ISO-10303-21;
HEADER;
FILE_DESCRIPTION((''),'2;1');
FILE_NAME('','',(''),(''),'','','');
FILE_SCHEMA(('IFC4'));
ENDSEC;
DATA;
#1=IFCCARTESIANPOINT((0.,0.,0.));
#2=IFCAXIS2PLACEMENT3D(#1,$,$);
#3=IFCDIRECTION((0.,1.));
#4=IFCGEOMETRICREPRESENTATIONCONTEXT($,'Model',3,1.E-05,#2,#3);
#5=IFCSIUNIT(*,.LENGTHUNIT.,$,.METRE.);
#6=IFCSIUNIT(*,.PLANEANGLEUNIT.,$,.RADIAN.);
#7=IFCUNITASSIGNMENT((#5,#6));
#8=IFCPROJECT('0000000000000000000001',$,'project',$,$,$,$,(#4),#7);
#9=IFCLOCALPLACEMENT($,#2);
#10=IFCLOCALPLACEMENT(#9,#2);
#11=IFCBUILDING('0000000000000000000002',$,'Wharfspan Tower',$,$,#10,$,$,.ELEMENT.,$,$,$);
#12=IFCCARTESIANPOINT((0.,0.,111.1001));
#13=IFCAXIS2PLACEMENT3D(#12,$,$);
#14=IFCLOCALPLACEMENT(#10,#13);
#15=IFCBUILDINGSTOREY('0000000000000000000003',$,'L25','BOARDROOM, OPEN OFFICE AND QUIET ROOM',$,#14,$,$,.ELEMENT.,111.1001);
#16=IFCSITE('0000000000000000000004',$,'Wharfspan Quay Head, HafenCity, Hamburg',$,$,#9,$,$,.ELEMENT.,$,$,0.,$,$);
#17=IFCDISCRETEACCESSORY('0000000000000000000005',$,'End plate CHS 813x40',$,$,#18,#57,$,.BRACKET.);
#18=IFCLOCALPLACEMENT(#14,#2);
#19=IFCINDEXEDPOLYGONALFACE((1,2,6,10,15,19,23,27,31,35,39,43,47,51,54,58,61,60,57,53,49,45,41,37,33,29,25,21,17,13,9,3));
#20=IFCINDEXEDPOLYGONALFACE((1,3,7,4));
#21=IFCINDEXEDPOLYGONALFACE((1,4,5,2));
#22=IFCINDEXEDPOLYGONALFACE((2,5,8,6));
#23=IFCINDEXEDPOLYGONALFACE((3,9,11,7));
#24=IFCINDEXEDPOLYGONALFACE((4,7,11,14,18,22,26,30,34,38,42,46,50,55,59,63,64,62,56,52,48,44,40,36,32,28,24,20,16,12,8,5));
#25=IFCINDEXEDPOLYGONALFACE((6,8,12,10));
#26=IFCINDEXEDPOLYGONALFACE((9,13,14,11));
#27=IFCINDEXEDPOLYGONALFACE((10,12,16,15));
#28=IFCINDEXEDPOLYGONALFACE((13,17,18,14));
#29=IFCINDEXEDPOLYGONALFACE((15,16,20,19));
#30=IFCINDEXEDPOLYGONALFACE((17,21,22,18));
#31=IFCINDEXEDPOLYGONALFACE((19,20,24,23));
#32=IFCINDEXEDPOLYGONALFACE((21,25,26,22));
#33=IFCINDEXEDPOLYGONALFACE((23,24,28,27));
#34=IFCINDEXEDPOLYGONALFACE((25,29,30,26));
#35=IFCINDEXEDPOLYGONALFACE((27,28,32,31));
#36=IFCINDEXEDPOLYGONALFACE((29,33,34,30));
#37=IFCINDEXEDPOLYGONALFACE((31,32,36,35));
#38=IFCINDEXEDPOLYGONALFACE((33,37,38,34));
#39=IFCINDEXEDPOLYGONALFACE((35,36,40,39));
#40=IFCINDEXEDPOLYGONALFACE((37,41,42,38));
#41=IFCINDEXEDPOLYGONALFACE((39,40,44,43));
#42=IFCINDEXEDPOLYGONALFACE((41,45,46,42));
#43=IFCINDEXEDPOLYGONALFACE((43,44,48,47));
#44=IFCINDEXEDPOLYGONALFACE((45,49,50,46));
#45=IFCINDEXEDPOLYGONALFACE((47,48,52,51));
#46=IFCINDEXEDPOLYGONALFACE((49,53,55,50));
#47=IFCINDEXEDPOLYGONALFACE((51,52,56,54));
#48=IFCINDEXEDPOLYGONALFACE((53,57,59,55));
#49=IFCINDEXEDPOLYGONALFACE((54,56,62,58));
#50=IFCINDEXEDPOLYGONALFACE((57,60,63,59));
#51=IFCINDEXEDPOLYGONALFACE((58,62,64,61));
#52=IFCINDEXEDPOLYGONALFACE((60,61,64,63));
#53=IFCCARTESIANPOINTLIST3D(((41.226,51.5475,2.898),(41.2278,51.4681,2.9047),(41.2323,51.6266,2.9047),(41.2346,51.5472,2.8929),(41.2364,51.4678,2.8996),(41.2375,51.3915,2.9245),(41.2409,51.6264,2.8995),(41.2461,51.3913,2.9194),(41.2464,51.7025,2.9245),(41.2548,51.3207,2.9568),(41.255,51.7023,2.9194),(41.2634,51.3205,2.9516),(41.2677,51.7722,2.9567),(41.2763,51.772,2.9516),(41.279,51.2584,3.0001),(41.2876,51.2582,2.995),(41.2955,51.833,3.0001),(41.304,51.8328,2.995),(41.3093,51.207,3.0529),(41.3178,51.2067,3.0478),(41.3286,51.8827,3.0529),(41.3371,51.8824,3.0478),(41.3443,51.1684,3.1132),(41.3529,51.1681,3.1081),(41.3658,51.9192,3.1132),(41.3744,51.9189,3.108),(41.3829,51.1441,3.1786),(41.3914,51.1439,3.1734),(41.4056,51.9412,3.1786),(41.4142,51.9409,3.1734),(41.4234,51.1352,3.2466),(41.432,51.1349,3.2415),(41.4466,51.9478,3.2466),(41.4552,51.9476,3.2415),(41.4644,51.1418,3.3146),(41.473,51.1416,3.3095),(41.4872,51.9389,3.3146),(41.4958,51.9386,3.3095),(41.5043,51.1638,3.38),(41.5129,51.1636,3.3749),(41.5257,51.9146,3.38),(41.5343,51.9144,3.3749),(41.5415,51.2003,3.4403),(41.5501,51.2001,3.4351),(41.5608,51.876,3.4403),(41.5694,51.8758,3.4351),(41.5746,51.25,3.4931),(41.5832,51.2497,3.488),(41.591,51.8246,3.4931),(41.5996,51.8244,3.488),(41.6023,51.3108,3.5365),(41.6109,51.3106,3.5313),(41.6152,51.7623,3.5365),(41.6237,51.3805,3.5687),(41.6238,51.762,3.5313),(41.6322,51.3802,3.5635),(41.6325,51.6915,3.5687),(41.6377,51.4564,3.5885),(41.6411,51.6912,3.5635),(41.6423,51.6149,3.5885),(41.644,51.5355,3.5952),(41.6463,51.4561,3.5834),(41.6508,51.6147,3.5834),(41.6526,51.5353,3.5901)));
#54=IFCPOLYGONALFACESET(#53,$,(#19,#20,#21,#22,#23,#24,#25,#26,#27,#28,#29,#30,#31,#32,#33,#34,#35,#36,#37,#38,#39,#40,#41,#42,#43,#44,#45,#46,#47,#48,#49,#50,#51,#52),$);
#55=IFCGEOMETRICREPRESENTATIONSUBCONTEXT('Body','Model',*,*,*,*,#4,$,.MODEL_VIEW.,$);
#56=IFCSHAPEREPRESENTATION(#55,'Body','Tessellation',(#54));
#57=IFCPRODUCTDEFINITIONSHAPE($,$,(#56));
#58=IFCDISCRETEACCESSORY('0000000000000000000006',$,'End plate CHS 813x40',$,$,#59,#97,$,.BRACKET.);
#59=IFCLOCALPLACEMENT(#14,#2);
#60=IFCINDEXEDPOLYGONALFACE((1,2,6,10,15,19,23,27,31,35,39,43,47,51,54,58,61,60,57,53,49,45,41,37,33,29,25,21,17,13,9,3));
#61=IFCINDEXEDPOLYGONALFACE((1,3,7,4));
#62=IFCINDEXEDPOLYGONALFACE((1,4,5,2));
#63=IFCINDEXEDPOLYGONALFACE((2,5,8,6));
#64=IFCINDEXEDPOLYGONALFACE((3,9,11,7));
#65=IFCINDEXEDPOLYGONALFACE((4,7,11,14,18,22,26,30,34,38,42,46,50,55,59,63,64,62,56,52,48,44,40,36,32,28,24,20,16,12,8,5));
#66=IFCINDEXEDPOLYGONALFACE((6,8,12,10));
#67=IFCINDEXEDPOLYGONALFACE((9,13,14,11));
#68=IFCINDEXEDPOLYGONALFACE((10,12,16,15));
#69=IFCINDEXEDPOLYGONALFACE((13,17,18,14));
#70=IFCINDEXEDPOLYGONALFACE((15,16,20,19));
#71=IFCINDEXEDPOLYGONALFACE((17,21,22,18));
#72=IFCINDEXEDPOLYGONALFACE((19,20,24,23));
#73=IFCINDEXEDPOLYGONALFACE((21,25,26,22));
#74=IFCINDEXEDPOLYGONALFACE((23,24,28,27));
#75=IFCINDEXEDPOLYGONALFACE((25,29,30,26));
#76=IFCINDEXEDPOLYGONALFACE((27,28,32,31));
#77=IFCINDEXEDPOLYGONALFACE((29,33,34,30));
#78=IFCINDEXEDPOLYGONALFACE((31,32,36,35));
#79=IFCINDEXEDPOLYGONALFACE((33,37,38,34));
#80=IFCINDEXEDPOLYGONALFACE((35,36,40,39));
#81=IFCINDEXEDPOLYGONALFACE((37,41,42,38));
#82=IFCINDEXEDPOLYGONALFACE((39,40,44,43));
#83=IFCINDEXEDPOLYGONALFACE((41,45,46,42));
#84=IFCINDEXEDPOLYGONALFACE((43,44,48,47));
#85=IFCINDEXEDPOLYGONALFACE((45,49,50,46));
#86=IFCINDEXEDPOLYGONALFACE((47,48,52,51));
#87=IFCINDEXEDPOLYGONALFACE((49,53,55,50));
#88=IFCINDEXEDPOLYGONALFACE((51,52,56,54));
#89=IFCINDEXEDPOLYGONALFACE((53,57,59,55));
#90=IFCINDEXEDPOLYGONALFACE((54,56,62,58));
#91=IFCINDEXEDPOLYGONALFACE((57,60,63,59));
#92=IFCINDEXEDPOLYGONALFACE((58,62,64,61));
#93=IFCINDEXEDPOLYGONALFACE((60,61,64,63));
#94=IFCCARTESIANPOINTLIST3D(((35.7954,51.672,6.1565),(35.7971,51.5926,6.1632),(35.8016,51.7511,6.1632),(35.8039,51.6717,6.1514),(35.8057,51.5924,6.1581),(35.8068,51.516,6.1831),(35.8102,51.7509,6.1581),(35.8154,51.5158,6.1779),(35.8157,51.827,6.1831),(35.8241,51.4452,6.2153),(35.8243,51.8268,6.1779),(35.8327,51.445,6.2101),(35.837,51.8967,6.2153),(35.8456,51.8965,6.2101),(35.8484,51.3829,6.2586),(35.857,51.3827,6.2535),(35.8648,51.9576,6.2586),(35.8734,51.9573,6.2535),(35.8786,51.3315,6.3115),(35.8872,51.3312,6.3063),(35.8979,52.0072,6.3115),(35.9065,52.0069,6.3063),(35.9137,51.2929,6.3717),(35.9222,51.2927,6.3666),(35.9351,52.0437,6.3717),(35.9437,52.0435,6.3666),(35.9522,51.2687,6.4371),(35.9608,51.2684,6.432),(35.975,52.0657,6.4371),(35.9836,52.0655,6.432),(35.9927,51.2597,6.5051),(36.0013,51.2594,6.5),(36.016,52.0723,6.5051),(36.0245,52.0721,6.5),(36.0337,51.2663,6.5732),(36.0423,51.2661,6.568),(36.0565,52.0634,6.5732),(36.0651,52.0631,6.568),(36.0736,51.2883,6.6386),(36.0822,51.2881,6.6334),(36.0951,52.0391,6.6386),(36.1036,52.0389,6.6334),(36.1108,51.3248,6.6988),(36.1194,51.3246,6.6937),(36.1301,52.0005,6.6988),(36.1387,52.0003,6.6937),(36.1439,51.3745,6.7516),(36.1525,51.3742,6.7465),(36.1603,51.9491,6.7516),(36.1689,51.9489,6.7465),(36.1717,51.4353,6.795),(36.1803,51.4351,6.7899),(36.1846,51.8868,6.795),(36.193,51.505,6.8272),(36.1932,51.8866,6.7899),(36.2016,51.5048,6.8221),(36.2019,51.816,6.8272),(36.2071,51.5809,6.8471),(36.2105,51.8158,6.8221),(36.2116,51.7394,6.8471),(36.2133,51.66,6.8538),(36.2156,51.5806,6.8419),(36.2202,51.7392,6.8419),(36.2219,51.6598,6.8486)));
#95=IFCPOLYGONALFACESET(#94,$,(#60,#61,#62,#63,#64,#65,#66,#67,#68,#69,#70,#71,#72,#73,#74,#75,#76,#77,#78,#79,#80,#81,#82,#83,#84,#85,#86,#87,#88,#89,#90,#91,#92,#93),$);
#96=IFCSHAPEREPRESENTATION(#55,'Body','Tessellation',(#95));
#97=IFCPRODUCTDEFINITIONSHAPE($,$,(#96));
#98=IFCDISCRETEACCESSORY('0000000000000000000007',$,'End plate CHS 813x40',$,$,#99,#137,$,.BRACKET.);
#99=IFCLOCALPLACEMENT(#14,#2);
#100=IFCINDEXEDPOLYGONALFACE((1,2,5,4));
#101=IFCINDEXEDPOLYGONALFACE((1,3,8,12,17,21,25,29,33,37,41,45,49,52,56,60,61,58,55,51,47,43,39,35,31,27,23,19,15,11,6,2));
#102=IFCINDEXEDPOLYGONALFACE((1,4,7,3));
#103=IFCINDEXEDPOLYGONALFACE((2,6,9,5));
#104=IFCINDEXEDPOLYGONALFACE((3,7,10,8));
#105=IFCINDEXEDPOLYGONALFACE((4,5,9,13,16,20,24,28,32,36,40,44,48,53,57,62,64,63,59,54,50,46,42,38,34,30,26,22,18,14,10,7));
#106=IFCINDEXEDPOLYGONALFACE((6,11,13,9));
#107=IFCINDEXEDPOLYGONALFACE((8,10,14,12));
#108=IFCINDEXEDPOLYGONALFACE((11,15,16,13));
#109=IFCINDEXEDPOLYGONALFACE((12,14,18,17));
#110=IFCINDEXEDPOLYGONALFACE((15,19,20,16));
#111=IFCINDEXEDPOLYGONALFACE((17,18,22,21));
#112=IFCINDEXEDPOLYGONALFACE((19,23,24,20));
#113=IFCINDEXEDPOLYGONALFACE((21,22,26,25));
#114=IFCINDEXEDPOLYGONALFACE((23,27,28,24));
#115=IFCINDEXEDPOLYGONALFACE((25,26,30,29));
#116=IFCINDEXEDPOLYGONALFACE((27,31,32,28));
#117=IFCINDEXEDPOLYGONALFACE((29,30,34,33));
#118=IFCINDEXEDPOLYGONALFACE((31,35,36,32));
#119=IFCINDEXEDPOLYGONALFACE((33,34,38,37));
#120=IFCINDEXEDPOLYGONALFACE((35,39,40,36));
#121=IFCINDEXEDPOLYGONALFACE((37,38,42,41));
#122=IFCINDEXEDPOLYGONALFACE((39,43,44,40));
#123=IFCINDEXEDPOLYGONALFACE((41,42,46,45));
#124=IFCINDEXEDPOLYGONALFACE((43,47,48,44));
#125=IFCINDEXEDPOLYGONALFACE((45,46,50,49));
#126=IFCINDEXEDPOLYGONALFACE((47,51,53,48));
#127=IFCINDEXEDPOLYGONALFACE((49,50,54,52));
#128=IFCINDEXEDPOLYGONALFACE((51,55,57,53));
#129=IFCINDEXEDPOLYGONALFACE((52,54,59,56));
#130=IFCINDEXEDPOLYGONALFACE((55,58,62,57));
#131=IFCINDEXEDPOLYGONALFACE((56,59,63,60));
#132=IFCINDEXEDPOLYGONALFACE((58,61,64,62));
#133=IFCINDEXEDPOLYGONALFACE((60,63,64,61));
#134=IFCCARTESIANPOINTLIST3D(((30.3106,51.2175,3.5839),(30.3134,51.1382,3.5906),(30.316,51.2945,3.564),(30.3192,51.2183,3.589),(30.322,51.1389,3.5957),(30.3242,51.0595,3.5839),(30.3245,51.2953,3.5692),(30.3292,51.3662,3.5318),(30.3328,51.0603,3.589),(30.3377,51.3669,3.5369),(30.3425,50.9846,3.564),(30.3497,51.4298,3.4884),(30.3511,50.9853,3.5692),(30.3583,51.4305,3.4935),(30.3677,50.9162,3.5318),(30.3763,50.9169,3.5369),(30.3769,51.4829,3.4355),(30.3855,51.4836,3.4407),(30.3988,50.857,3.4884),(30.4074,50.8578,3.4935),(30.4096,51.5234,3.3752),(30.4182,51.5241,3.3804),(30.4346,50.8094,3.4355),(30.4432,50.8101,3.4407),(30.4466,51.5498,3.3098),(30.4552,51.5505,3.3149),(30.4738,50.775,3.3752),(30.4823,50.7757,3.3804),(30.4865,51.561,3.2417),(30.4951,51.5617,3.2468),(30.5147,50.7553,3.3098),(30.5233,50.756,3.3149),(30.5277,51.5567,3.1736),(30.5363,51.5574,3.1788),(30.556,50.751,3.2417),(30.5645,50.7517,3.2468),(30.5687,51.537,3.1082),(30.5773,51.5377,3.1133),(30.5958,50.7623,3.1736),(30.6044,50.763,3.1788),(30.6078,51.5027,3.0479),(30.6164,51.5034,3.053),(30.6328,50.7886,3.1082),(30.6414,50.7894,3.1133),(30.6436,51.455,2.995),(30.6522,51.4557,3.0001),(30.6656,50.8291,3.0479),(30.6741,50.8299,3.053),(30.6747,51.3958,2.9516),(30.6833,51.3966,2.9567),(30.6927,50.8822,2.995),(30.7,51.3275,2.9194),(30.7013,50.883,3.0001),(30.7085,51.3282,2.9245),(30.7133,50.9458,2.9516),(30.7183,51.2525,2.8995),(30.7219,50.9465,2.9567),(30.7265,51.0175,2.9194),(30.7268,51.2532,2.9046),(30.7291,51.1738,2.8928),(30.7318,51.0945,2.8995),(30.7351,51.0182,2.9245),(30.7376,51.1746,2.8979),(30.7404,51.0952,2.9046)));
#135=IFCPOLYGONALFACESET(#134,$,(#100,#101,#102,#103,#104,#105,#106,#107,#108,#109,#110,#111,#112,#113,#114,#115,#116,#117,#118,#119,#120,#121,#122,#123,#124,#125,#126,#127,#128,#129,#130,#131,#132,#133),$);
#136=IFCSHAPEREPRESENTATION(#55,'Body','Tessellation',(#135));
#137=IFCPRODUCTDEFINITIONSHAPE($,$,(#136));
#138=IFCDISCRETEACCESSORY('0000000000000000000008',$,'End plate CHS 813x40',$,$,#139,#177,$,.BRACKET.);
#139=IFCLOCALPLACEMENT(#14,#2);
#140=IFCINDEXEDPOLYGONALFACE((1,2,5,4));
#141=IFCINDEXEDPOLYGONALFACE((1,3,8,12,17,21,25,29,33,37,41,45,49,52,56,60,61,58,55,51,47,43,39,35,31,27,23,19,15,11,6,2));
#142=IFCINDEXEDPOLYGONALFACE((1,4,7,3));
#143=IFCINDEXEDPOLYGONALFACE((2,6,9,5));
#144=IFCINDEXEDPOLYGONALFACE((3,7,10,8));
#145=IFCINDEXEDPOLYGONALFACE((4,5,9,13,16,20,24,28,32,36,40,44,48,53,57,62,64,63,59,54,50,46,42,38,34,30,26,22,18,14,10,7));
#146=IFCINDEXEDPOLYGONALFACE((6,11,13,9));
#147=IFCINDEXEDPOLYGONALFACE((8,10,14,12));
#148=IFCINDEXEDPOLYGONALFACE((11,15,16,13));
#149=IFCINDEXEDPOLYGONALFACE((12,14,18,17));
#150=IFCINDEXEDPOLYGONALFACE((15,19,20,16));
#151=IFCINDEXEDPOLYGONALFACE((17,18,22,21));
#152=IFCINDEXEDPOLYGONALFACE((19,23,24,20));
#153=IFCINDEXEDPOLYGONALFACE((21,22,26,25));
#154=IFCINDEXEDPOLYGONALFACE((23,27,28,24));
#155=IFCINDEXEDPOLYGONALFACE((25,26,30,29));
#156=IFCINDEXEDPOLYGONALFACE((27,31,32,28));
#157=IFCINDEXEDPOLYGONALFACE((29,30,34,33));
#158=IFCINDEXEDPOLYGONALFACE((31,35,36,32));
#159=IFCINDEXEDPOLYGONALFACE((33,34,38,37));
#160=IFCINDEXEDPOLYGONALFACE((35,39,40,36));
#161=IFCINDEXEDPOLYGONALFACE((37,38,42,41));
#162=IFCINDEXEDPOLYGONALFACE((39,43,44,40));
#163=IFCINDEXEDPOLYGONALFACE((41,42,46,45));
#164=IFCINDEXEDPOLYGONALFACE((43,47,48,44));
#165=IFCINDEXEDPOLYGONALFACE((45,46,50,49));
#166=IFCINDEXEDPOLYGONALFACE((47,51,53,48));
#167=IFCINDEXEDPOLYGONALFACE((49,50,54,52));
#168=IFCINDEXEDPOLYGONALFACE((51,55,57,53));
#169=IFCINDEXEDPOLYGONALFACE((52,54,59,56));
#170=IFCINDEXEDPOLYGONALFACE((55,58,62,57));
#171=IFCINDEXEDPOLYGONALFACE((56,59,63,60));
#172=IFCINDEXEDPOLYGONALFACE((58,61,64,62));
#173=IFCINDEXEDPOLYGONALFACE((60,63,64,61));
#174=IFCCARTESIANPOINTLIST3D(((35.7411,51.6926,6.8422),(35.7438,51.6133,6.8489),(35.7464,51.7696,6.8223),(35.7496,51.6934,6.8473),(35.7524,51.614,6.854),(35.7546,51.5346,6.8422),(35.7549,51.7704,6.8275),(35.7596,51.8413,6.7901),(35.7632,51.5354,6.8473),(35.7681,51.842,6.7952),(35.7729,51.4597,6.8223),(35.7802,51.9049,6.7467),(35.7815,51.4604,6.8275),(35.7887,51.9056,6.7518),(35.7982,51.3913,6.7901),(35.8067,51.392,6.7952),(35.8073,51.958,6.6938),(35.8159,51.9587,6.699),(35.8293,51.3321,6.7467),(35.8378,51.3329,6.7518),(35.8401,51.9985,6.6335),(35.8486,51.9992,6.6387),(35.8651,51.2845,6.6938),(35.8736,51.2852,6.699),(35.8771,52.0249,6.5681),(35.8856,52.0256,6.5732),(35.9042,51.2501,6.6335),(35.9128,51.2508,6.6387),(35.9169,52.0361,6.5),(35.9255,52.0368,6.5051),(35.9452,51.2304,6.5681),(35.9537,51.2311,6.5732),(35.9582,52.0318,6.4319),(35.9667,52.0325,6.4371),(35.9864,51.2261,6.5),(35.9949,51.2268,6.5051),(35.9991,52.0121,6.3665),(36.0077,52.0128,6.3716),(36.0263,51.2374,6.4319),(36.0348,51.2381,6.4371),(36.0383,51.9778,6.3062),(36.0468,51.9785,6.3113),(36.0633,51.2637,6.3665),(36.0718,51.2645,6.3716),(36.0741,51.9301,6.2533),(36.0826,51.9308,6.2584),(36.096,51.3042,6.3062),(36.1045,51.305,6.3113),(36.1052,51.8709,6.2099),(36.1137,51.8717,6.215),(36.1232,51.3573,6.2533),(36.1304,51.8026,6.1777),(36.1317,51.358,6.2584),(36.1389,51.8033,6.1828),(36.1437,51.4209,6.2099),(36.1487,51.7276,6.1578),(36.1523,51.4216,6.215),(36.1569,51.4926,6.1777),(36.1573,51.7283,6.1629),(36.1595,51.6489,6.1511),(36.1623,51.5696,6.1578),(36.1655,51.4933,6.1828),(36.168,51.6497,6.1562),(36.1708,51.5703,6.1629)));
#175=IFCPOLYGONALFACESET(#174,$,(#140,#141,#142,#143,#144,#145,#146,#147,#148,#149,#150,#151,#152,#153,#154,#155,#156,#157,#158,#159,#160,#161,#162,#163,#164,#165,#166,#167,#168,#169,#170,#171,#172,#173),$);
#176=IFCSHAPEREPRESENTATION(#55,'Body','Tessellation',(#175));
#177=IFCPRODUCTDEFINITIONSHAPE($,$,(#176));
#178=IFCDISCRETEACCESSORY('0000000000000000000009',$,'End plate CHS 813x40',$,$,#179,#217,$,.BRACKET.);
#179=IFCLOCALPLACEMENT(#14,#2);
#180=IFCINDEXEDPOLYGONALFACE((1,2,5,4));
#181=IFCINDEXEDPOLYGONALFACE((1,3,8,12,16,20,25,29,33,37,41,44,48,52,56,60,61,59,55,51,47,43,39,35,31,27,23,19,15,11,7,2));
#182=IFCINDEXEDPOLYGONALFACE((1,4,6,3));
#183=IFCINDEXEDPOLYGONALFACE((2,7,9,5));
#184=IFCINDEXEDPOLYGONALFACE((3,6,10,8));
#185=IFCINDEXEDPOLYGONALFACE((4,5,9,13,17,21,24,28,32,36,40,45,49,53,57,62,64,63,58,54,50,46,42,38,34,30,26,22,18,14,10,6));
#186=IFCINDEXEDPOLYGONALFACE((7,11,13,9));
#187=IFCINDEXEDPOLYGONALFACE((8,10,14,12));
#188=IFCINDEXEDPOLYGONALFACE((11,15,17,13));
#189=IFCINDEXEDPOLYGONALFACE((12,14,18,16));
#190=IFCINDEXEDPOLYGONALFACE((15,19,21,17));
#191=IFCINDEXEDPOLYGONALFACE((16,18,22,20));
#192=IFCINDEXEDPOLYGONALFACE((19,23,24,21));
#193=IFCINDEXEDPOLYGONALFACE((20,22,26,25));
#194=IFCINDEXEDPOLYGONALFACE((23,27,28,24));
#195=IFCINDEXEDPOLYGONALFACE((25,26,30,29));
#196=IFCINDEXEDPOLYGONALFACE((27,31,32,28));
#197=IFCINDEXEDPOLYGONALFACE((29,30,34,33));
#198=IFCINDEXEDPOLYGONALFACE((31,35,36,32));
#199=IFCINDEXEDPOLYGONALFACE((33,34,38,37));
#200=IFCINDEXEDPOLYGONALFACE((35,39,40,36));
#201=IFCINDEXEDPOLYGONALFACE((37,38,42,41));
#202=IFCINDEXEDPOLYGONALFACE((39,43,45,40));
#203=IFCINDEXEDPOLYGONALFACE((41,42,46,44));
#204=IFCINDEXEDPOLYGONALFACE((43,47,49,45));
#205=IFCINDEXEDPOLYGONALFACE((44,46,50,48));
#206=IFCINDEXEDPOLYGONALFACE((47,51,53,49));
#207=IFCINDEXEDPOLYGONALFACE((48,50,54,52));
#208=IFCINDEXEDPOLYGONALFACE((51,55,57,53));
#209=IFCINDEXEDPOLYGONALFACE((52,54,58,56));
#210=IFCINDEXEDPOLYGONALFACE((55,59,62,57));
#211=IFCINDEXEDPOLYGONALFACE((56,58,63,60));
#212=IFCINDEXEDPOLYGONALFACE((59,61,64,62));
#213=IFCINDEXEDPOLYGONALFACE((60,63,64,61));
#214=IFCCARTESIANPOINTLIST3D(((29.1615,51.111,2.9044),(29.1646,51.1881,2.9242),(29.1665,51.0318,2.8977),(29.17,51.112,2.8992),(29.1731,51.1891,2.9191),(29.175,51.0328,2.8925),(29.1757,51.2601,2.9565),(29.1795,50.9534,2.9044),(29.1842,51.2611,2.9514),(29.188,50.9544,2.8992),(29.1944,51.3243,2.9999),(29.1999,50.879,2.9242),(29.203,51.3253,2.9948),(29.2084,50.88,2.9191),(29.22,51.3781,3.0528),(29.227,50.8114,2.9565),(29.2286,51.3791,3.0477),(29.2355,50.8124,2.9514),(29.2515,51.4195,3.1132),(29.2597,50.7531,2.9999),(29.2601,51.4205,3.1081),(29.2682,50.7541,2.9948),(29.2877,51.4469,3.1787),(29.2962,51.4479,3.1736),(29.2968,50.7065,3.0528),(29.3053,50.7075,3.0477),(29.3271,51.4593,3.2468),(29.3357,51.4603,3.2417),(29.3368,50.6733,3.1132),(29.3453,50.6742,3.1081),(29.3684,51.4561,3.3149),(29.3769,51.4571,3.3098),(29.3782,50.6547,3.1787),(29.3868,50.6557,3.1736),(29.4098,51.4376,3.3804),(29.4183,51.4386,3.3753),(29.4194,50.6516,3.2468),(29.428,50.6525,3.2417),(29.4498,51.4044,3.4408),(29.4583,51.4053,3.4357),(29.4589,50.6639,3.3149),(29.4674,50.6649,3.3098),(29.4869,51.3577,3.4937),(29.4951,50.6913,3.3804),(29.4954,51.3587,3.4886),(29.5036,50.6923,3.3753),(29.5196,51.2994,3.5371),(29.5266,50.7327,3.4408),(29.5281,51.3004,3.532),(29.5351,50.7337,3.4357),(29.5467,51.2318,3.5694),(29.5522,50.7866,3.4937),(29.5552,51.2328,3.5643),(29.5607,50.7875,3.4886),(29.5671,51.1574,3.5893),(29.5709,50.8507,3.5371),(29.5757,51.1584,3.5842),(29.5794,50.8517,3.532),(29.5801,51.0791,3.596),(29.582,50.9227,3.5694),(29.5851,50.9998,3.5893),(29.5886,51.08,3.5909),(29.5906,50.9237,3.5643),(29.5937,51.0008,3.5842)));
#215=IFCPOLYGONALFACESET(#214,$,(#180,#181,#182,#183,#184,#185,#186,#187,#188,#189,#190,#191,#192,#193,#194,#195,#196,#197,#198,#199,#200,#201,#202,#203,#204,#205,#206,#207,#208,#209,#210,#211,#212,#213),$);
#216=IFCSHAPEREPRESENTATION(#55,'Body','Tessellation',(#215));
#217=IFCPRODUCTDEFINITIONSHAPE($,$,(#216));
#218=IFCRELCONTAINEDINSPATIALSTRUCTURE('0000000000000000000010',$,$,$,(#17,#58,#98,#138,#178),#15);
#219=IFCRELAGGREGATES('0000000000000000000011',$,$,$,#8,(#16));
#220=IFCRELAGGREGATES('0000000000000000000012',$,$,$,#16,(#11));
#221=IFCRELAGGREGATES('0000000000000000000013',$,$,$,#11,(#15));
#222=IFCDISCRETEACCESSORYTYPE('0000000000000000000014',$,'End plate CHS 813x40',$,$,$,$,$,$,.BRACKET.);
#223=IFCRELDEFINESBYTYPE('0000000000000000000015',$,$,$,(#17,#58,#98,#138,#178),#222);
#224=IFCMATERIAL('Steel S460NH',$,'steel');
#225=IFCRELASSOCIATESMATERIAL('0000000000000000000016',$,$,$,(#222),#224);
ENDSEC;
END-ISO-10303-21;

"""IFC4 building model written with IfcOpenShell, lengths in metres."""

from ifc_helpers import new_model, si_unit, direction, frame, origin, origin_2d, place, context, subcontext, project, spatial, circle, extrude, material, material_profile, profile_set, type_object, element, save


model = new_model("IFC4")

# Units and contexts
model_context = context("Model", 3, precision=1e-05, world=origin(), true_north=direction((0.0, 1.0)))
body_context = subcontext(model_context, "Body", "Model", "MODEL_VIEW")
ifc_project = project(units=[si_unit("LENGTHUNIT", "METRE"), si_unit("PLANEANGLEUNIT", "RADIAN")], contexts=[model_context])

# Site, building, storey
site_placement = place(None, origin())
site = spatial("IfcSite", under=ifc_project, at=site_placement, Name="Wharfspan Quay Head, HafenCity, Hamburg", CompositionType="ELEMENT", RefElevation=0.0)
building_placement = place(site_placement, origin())
building = spatial("IfcBuilding", under=site, at=building_placement, Name="Wharfspan Tower", CompositionType="ELEMENT")
storey_placement = place(building_placement, frame((0.0, 0.0, 111.1001)))
storey = spatial("IfcBuildingStorey", under=building, at=storey_placement, Name="L25", Description="BOARDROOM, OPEN OFFICE AND QUIET ROOM", CompositionType="ELEMENT", Elevation=111.1001)

# Shared definitions
ifc_material_1 = material(Name="Steel S460NH", Category="steel")

# Discrete accessories
ifc_material_profile_1 = material_profile(ifc_material_1, circle(Radius=0.4065, at=origin_2d()))
ifc_profile_set_1 = profile_set([ifc_material_profile_1], Name="Steel S460NH")
discrete_accessory_type = type_object("IfcDiscreteAccessoryType", Name="End plate CHS 813x40", PredefinedType="BRACKET", material=ifc_profile_set_1)
for number, where, z_axis, x_axis, name in (
    (1, (41.4436, 51.5413, 3.2415), (-0.857236, 0.024492, 0.514341), (-0.028558, -0.999591, 0.000002), "End plate CHS 813x40"),
    (2, (36.0129, 51.6658, 6.5), (-0.857236, 0.024492, 0.514341), (-0.028558, -0.999591, 0.000002), "End plate CHS 813x40"),
    (3, (30.5212, 51.156, 3.2417), (0.855186, 0.073302, 0.513112), (-0.085402, 0.996345, 0.000001), "End plate CHS 813x40"),
    (4, (35.9517, 51.6311, 6.5), (0.855186, 0.073302, 0.513112), (-0.085402, 0.996345, 0.000001), "End plate CHS 813x40"),
    (5, (29.3818, 51.0564, 3.2417), (-0.853405, -0.097532, 0.512043), (0.113547, -0.993531, 0.000001), "End plate CHS 813x40"),
):
    element("IfcDiscreteAccessory", number, at=place(storey_placement, frame(where, z_axis=z_axis, x_axis=x_axis)), inside=storey, type_object=discrete_accessory_type, Name=name, PredefinedType="BRACKET", context=body_context, shape_type="SweptSolid", body=[
        extrude(circle(Radius=0.4065, at=origin_2d()), origin(), (0.0, 0.0, 1.0), 0.01),
    ])

save(model, "model.ifc")
